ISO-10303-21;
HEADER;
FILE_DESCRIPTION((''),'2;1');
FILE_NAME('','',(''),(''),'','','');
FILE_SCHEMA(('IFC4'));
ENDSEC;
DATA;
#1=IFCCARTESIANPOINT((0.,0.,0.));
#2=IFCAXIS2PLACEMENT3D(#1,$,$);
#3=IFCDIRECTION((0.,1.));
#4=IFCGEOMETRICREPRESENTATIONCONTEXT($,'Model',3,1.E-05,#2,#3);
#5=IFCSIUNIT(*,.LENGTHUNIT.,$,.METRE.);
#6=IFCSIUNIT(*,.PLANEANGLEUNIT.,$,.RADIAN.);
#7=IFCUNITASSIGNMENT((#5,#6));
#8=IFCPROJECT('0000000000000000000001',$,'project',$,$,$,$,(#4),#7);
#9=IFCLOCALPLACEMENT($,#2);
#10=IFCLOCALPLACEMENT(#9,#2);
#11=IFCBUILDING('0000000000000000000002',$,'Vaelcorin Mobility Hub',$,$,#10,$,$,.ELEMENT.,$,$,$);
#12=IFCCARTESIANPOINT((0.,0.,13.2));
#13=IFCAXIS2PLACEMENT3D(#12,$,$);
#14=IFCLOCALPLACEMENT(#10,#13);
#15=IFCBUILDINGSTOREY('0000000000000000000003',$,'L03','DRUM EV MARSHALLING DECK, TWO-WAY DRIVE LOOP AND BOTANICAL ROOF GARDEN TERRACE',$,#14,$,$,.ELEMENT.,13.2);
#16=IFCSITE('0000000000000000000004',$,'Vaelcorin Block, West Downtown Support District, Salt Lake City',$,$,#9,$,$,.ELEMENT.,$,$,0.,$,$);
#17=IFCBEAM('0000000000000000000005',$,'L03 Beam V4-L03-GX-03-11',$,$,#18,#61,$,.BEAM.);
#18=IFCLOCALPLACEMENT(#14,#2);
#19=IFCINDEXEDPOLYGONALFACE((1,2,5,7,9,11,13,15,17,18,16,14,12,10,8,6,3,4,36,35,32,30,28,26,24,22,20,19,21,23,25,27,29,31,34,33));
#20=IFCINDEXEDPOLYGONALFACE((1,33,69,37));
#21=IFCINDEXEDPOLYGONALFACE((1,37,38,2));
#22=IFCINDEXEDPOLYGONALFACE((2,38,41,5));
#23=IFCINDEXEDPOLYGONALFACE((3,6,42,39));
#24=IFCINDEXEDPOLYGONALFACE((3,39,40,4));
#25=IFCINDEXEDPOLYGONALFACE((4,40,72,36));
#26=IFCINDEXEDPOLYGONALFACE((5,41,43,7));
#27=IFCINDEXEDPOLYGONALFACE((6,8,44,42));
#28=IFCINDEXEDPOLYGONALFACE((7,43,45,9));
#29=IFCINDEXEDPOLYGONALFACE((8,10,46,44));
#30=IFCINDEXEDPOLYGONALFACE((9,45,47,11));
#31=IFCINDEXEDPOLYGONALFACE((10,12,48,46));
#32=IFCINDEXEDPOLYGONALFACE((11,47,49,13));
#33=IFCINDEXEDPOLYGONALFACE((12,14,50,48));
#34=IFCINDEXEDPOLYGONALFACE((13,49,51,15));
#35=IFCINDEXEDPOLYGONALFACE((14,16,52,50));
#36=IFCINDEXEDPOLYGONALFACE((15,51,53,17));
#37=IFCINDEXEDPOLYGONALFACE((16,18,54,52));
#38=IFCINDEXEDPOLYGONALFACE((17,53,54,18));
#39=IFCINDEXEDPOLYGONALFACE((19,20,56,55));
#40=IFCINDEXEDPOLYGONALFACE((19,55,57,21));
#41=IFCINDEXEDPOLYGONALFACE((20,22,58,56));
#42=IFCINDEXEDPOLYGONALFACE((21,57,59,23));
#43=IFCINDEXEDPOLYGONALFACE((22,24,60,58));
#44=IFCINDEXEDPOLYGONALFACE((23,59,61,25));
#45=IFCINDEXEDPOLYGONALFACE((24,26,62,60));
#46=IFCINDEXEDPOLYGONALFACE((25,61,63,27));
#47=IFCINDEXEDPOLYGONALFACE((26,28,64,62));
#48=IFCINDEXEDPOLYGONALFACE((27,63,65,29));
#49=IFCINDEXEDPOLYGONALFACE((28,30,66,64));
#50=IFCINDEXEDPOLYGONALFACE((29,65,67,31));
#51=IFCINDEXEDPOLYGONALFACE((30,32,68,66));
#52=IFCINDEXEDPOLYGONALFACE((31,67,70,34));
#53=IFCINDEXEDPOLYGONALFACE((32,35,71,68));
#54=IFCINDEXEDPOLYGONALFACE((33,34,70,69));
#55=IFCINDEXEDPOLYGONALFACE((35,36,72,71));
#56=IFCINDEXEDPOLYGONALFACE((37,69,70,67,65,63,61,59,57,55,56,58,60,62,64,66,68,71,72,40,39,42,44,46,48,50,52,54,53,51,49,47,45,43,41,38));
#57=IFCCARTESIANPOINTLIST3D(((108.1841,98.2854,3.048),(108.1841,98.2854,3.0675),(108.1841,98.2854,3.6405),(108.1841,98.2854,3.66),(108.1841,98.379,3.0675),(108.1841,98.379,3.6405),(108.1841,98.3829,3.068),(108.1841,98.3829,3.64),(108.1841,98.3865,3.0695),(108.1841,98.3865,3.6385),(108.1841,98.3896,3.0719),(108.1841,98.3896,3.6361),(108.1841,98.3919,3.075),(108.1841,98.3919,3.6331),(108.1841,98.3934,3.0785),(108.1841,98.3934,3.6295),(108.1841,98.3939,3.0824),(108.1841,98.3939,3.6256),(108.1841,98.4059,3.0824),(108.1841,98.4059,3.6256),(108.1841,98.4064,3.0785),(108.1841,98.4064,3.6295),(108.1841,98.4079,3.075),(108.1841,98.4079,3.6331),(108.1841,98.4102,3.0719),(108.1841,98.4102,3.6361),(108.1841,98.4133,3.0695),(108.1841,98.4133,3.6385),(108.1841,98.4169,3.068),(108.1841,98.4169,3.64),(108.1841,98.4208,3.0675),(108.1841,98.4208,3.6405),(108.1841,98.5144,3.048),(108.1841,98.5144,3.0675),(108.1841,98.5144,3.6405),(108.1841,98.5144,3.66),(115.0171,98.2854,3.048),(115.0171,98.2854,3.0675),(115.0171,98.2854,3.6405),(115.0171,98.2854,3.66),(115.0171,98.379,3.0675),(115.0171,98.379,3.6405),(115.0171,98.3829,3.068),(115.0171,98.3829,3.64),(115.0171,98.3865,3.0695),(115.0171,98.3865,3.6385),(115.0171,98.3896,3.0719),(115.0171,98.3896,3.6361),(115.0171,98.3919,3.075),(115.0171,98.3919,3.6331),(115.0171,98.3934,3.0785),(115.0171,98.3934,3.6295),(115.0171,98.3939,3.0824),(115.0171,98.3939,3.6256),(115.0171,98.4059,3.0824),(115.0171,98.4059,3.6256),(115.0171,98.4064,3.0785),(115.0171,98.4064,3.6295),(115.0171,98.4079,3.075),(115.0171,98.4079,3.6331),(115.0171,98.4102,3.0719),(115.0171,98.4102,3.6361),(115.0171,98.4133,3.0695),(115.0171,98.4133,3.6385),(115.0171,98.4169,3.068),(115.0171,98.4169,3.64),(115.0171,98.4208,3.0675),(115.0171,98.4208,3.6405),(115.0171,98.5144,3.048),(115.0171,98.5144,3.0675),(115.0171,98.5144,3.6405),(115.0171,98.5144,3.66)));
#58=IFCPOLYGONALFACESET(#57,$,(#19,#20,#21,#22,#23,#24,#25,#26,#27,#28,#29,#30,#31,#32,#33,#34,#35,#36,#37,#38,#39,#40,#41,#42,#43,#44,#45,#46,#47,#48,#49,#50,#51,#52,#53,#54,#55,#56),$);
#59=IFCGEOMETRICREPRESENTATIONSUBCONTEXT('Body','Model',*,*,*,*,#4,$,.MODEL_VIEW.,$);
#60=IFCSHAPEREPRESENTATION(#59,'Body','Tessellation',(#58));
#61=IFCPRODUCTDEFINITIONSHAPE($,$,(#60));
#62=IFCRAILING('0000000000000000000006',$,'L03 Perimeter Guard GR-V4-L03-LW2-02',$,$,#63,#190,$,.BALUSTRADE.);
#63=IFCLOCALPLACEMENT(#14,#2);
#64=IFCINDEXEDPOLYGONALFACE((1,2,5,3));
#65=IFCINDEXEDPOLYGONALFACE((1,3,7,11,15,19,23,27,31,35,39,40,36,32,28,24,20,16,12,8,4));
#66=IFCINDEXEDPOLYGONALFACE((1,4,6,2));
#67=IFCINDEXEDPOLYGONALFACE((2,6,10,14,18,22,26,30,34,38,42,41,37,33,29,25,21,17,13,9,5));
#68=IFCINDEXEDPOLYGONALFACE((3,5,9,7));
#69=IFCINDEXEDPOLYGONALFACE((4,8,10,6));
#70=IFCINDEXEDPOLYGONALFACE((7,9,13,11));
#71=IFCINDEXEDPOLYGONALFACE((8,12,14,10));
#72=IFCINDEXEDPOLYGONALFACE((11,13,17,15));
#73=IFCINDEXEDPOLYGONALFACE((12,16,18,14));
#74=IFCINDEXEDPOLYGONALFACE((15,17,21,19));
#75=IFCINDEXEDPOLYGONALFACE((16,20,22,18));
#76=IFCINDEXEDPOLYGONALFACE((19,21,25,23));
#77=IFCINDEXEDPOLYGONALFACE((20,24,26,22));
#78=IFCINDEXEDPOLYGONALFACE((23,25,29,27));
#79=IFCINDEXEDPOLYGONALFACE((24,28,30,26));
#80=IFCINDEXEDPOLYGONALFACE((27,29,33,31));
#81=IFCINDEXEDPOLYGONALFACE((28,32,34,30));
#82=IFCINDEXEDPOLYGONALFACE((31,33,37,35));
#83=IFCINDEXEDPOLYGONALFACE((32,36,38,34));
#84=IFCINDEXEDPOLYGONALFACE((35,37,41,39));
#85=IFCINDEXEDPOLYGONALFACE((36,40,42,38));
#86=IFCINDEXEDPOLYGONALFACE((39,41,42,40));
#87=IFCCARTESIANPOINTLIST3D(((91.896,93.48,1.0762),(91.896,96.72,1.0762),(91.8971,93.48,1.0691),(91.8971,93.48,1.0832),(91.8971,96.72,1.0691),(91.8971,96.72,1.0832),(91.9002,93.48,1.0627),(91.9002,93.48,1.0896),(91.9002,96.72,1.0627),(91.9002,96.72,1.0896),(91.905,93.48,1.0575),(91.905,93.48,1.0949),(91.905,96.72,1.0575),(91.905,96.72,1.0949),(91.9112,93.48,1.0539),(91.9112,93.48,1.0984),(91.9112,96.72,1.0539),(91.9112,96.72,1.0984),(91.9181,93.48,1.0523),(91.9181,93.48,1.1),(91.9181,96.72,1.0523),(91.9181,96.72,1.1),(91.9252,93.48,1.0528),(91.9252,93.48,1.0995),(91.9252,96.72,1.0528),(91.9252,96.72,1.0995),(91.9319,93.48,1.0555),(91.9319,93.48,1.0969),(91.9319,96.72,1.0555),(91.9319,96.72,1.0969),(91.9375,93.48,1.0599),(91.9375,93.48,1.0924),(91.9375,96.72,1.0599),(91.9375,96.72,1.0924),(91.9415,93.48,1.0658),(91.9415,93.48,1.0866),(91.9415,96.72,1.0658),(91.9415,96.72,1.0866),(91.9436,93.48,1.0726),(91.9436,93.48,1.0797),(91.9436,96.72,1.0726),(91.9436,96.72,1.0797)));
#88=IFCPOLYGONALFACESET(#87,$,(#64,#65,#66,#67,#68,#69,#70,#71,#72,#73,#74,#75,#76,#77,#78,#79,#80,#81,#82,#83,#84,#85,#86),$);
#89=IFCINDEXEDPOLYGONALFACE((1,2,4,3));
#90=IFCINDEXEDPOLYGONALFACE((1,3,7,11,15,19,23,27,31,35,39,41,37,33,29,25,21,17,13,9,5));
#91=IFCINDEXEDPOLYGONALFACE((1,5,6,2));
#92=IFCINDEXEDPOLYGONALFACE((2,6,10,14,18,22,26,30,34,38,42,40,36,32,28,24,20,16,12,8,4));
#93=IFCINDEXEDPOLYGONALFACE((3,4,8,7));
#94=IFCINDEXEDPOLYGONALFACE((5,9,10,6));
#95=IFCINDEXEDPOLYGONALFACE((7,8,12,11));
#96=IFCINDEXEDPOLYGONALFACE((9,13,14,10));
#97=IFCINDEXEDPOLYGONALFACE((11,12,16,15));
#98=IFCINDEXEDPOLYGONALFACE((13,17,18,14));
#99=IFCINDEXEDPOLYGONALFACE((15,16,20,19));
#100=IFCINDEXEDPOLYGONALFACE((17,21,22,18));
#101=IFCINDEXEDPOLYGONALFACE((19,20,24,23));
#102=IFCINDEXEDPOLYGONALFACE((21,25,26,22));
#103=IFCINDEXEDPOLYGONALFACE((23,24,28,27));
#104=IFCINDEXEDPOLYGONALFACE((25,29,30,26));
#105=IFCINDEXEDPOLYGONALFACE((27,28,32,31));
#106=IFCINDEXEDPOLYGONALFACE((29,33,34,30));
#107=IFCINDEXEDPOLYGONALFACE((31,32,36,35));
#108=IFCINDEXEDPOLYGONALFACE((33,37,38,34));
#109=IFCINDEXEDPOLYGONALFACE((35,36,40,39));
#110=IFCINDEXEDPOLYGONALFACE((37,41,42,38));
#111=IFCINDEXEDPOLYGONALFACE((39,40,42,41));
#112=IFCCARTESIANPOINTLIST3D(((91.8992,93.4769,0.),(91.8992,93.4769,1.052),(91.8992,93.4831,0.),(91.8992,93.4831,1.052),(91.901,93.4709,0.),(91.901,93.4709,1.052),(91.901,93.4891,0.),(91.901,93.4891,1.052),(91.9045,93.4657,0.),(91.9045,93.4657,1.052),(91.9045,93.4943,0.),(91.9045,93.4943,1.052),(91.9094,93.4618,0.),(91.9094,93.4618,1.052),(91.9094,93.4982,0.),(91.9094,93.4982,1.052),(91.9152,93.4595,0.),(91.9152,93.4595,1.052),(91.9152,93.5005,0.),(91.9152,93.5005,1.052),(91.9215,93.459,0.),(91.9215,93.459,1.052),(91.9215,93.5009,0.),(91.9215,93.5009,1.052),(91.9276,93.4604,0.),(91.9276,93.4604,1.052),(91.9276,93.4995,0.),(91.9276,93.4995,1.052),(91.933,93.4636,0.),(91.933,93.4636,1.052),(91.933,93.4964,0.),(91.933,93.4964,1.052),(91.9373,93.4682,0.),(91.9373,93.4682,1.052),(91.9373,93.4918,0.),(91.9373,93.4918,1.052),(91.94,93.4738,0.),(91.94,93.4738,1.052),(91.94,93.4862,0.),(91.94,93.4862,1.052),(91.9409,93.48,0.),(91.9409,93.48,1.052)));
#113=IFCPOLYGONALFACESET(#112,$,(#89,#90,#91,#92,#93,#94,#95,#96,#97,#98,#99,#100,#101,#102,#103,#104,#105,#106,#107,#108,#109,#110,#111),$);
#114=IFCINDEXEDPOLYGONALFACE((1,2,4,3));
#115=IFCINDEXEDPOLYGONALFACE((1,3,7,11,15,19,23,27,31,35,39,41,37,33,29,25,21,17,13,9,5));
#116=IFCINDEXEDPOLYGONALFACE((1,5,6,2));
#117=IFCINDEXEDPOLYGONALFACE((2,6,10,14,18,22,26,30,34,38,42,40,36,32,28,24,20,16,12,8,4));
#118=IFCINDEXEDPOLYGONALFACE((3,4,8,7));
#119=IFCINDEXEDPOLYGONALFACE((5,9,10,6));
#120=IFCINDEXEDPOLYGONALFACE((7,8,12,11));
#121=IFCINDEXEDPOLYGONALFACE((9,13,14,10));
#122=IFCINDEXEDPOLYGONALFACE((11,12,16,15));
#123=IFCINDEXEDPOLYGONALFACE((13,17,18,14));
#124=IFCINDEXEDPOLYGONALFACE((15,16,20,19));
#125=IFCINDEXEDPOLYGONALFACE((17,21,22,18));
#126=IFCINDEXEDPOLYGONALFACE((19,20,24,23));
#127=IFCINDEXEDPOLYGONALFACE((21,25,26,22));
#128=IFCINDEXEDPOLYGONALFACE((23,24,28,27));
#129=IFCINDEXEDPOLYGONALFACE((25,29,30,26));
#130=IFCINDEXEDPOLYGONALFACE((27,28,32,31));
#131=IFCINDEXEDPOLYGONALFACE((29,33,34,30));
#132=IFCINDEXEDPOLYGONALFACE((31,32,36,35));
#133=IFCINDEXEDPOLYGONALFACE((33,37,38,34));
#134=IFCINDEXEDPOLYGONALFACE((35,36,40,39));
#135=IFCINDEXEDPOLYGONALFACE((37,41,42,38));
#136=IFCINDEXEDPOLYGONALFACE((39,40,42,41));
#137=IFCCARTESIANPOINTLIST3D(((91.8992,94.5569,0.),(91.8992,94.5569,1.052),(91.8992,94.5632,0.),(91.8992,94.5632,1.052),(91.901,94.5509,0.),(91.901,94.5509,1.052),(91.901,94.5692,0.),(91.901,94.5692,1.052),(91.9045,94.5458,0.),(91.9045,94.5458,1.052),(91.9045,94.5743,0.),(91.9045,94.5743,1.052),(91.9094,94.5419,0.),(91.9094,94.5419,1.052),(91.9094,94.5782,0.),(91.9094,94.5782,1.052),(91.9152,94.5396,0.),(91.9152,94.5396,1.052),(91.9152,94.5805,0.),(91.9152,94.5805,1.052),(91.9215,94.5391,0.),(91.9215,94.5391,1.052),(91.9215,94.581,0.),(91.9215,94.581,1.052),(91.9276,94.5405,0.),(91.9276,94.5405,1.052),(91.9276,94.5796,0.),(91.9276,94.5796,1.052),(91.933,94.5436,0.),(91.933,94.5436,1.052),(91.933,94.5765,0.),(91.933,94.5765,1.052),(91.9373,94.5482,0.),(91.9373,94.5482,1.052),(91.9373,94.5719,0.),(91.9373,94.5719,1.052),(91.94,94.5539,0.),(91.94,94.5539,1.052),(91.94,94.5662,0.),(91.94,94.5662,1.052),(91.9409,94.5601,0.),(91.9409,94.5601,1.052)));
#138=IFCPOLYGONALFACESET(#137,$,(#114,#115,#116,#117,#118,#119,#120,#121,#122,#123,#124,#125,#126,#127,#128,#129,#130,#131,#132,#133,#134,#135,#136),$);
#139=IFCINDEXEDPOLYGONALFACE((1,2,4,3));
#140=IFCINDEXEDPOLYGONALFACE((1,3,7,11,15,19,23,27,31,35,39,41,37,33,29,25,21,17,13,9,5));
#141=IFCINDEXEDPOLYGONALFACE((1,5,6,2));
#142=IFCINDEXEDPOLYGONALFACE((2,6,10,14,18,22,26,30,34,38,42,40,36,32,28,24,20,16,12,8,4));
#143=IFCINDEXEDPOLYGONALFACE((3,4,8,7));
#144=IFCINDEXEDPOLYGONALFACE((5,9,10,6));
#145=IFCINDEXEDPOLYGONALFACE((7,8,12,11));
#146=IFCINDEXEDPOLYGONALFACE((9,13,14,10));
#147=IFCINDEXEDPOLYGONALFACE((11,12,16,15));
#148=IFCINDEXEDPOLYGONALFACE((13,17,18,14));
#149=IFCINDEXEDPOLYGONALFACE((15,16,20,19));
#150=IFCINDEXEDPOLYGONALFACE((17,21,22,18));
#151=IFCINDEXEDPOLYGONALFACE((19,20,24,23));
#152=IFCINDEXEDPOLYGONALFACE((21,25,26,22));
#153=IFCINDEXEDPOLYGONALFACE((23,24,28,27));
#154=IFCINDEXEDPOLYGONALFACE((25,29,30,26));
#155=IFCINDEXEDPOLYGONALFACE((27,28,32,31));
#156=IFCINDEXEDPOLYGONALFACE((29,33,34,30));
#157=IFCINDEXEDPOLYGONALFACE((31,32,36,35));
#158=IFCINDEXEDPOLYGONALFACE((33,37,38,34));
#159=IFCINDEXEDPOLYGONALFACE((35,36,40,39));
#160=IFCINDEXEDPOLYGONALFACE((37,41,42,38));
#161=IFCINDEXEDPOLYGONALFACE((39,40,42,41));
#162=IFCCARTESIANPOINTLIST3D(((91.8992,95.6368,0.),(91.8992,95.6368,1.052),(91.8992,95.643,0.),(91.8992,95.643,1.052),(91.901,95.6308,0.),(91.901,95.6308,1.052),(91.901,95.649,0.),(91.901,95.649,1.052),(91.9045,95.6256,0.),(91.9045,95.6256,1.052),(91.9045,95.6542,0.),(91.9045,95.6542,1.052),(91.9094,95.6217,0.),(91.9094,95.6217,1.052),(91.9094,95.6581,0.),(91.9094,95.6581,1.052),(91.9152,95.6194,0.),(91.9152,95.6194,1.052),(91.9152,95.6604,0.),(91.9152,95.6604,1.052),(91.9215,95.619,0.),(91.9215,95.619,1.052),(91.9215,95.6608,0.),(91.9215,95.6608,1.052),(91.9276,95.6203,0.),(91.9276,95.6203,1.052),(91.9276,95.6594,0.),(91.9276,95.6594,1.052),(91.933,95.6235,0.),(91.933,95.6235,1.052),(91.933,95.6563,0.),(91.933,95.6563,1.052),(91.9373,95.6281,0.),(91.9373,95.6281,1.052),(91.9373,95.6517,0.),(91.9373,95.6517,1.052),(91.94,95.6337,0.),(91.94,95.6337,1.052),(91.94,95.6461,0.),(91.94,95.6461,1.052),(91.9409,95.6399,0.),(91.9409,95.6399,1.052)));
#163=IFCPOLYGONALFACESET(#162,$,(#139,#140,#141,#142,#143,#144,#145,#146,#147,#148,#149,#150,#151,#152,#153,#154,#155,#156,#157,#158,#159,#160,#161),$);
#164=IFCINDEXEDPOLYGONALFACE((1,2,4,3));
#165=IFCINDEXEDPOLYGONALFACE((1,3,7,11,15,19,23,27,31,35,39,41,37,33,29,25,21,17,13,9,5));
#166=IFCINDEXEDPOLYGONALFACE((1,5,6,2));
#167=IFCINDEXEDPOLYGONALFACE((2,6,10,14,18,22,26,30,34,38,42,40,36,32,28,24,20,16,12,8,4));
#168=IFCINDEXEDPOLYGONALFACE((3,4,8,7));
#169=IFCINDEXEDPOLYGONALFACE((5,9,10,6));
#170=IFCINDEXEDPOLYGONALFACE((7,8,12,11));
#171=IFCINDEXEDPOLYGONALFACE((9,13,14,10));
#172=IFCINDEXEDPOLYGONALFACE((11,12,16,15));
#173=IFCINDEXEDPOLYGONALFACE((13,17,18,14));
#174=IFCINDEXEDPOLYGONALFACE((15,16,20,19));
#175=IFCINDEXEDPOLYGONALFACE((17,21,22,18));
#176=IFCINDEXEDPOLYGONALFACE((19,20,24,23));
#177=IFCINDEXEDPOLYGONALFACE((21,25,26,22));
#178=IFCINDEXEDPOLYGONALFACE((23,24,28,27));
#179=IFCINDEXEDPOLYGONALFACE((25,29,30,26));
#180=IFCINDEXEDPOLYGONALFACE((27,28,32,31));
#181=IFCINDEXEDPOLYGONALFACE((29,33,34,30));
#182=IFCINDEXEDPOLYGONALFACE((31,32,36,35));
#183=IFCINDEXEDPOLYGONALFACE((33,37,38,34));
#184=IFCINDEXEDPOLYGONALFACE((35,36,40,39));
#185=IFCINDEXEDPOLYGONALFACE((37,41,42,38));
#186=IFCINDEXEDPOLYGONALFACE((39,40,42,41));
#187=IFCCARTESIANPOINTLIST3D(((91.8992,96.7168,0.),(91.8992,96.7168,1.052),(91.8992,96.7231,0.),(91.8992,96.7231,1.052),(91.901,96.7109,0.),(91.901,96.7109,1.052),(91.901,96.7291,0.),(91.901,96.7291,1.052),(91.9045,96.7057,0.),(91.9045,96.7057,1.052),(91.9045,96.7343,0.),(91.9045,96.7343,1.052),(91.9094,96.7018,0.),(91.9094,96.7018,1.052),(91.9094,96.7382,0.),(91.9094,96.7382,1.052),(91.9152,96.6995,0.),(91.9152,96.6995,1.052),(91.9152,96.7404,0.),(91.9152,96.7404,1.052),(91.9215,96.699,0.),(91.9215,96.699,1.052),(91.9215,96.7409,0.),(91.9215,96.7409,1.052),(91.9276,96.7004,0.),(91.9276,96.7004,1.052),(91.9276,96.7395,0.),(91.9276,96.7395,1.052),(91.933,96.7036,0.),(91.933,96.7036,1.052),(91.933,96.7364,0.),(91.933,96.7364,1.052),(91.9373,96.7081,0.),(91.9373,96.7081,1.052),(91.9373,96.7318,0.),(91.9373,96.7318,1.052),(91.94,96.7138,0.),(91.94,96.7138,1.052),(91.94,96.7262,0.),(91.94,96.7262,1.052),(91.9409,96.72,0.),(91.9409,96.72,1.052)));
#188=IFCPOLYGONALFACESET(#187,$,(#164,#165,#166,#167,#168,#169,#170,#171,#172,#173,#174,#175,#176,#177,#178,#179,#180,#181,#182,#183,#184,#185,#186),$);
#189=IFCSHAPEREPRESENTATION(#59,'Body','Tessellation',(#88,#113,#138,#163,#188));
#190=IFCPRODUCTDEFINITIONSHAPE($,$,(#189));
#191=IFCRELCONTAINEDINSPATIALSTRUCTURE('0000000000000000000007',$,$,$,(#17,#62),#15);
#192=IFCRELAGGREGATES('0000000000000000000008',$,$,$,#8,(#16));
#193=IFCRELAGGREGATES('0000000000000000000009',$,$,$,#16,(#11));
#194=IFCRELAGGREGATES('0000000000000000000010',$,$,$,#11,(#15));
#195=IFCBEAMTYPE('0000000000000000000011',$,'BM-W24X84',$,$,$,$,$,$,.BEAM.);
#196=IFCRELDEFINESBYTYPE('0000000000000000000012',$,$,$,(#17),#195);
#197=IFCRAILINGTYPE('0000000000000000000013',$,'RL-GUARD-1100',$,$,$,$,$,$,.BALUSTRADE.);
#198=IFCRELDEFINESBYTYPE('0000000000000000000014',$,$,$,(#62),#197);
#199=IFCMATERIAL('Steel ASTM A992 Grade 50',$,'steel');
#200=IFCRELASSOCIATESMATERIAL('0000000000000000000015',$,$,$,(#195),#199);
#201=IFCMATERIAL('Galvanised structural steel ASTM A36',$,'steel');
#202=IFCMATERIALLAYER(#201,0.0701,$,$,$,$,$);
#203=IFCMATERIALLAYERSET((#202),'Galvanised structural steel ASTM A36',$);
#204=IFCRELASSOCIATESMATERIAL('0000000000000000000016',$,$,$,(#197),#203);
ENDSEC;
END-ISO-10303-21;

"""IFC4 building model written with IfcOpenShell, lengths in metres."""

from ifc_helpers import new_model, si_unit, direction, frame, origin, origin_2d, place, context, subcontext, project, spatial, circle, i_section, extrude, material, layer, layer_set, material_profile, profile_set, type_object, element, save


model = new_model("IFC4")

# Units and contexts
model_context = context("Model", 3, precision=1e-05, world=origin(), true_north=direction((0.0, 1.0)))
body_context = subcontext(model_context, "Body", "Model", "MODEL_VIEW")
ifc_project = project(units=[si_unit("LENGTHUNIT", "METRE"), si_unit("PLANEANGLEUNIT", "RADIAN")], contexts=[model_context])

# Site, building, storey
site_placement = place(None, origin())
site = spatial("IfcSite", under=ifc_project, at=site_placement, Name="Vaelcorin Block, West Downtown Support District, Salt Lake City", CompositionType="ELEMENT", RefElevation=0.0)
building_placement = place(site_placement, origin())
building = spatial("IfcBuilding", under=site, at=building_placement, Name="Vaelcorin Mobility Hub", CompositionType="ELEMENT")
storey_placement = place(building_placement, frame((0.0, 0.0, 13.2)))
storey = spatial("IfcBuildingStorey", under=building, at=storey_placement, Name="L03", Description="DRUM EV MARSHALLING DECK, TWO-WAY DRIVE LOOP AND BOTANICAL ROOF GARDEN TERRACE", CompositionType="ELEMENT", Elevation=13.2)

# Shared definitions
ifc_material_1 = material(Name="Steel ASTM A992 Grade 50", Category="steel")

# Beam
ifc_material_profile_1 = material_profile(ifc_material_1, i_section(OverallWidth=0.229, OverallDepth=0.6121, WebThickness=0.012, FlangeThickness=0.0195, FilletRadius=0.0149, at=origin_2d()), Name="W24X84")
ifc_profile_set_1 = profile_set([ifc_material_profile_1], Name="Steel ASTM A992 Grade 50")
beam_type_1 = type_object("IfcBeamType", Name="BM-W24X84", PredefinedType="BEAM", material=ifc_profile_set_1)
for number, where, z_axis, x_axis, name in (
    (1, (108.1841, 98.3999, 3.354), (1.0, 0.0, 0.0), (0.0, 1.0, 0.0), "L03 Beam V4-L03-GX-03-11"),
):
    element("IfcBeam", number, at=place(storey_placement, frame(where, z_axis=z_axis, x_axis=x_axis)), inside=storey, type_object=beam_type_1, Name=name, PredefinedType="BEAM", context=body_context, shape_type="SweptSolid", body=[
        extrude(i_section(OverallWidth=0.229, OverallDepth=0.6121, WebThickness=0.012, FlangeThickness=0.0195, FilletRadius=0.0149, at=origin_2d()), origin(), (0.0, 0.0, 1.0), 6.833),
    ])

# Railing
ifc_material_2 = material(Name="Galvanised structural steel ASTM A36", Category="steel")
ifc_layer = layer(ifc_material_2, 0.0701)
ifc_layer_set = layer_set([ifc_layer], Name="Galvanised structural steel ASTM A36")
railing_type = type_object("IfcRailingType", Name="RL-GUARD-1100", PredefinedType="BALUSTRADE", material=ifc_layer_set)
railing_1_placement = place(storey_placement, frame((91.9199, 93.48, 0.0)))
element("IfcRailing", 2, at=railing_1_placement, inside=storey, type_object=railing_type, Name="L03 Perimeter Guard GR-V4-L03-LW2-02", PredefinedType="BALUSTRADE", context=body_context, shape_type="SweptSolid", body=[
    extrude(circle(Radius=0.0239, at=origin_2d()), frame((0.0, 0.0, 1.0762), z_axis=(0.0, 1.0, 0.0), x_axis=(-1.0, 0.0, 0.0)), (0.0, 0.0, 1.0), 3.24),
    extrude(circle(Radius=0.021, at=origin_2d()), origin(), (0.0, 0.0, 1.0), 1.052),
    extrude(circle(Radius=0.021, at=origin_2d()), frame((0.0, 1.0801, 0.0)), (0.0, 0.0, 1.0), 1.052),
    extrude(circle(Radius=0.021, at=origin_2d()), frame((0.0, 2.1599, 0.0)), (0.0, 0.0, 1.0), 1.052),
    extrude(circle(Radius=0.021, at=origin_2d()), frame((0.0, 3.24, 0.0)), (0.0, 0.0, 1.0), 1.052),
])

save(model, "model.ifc")
